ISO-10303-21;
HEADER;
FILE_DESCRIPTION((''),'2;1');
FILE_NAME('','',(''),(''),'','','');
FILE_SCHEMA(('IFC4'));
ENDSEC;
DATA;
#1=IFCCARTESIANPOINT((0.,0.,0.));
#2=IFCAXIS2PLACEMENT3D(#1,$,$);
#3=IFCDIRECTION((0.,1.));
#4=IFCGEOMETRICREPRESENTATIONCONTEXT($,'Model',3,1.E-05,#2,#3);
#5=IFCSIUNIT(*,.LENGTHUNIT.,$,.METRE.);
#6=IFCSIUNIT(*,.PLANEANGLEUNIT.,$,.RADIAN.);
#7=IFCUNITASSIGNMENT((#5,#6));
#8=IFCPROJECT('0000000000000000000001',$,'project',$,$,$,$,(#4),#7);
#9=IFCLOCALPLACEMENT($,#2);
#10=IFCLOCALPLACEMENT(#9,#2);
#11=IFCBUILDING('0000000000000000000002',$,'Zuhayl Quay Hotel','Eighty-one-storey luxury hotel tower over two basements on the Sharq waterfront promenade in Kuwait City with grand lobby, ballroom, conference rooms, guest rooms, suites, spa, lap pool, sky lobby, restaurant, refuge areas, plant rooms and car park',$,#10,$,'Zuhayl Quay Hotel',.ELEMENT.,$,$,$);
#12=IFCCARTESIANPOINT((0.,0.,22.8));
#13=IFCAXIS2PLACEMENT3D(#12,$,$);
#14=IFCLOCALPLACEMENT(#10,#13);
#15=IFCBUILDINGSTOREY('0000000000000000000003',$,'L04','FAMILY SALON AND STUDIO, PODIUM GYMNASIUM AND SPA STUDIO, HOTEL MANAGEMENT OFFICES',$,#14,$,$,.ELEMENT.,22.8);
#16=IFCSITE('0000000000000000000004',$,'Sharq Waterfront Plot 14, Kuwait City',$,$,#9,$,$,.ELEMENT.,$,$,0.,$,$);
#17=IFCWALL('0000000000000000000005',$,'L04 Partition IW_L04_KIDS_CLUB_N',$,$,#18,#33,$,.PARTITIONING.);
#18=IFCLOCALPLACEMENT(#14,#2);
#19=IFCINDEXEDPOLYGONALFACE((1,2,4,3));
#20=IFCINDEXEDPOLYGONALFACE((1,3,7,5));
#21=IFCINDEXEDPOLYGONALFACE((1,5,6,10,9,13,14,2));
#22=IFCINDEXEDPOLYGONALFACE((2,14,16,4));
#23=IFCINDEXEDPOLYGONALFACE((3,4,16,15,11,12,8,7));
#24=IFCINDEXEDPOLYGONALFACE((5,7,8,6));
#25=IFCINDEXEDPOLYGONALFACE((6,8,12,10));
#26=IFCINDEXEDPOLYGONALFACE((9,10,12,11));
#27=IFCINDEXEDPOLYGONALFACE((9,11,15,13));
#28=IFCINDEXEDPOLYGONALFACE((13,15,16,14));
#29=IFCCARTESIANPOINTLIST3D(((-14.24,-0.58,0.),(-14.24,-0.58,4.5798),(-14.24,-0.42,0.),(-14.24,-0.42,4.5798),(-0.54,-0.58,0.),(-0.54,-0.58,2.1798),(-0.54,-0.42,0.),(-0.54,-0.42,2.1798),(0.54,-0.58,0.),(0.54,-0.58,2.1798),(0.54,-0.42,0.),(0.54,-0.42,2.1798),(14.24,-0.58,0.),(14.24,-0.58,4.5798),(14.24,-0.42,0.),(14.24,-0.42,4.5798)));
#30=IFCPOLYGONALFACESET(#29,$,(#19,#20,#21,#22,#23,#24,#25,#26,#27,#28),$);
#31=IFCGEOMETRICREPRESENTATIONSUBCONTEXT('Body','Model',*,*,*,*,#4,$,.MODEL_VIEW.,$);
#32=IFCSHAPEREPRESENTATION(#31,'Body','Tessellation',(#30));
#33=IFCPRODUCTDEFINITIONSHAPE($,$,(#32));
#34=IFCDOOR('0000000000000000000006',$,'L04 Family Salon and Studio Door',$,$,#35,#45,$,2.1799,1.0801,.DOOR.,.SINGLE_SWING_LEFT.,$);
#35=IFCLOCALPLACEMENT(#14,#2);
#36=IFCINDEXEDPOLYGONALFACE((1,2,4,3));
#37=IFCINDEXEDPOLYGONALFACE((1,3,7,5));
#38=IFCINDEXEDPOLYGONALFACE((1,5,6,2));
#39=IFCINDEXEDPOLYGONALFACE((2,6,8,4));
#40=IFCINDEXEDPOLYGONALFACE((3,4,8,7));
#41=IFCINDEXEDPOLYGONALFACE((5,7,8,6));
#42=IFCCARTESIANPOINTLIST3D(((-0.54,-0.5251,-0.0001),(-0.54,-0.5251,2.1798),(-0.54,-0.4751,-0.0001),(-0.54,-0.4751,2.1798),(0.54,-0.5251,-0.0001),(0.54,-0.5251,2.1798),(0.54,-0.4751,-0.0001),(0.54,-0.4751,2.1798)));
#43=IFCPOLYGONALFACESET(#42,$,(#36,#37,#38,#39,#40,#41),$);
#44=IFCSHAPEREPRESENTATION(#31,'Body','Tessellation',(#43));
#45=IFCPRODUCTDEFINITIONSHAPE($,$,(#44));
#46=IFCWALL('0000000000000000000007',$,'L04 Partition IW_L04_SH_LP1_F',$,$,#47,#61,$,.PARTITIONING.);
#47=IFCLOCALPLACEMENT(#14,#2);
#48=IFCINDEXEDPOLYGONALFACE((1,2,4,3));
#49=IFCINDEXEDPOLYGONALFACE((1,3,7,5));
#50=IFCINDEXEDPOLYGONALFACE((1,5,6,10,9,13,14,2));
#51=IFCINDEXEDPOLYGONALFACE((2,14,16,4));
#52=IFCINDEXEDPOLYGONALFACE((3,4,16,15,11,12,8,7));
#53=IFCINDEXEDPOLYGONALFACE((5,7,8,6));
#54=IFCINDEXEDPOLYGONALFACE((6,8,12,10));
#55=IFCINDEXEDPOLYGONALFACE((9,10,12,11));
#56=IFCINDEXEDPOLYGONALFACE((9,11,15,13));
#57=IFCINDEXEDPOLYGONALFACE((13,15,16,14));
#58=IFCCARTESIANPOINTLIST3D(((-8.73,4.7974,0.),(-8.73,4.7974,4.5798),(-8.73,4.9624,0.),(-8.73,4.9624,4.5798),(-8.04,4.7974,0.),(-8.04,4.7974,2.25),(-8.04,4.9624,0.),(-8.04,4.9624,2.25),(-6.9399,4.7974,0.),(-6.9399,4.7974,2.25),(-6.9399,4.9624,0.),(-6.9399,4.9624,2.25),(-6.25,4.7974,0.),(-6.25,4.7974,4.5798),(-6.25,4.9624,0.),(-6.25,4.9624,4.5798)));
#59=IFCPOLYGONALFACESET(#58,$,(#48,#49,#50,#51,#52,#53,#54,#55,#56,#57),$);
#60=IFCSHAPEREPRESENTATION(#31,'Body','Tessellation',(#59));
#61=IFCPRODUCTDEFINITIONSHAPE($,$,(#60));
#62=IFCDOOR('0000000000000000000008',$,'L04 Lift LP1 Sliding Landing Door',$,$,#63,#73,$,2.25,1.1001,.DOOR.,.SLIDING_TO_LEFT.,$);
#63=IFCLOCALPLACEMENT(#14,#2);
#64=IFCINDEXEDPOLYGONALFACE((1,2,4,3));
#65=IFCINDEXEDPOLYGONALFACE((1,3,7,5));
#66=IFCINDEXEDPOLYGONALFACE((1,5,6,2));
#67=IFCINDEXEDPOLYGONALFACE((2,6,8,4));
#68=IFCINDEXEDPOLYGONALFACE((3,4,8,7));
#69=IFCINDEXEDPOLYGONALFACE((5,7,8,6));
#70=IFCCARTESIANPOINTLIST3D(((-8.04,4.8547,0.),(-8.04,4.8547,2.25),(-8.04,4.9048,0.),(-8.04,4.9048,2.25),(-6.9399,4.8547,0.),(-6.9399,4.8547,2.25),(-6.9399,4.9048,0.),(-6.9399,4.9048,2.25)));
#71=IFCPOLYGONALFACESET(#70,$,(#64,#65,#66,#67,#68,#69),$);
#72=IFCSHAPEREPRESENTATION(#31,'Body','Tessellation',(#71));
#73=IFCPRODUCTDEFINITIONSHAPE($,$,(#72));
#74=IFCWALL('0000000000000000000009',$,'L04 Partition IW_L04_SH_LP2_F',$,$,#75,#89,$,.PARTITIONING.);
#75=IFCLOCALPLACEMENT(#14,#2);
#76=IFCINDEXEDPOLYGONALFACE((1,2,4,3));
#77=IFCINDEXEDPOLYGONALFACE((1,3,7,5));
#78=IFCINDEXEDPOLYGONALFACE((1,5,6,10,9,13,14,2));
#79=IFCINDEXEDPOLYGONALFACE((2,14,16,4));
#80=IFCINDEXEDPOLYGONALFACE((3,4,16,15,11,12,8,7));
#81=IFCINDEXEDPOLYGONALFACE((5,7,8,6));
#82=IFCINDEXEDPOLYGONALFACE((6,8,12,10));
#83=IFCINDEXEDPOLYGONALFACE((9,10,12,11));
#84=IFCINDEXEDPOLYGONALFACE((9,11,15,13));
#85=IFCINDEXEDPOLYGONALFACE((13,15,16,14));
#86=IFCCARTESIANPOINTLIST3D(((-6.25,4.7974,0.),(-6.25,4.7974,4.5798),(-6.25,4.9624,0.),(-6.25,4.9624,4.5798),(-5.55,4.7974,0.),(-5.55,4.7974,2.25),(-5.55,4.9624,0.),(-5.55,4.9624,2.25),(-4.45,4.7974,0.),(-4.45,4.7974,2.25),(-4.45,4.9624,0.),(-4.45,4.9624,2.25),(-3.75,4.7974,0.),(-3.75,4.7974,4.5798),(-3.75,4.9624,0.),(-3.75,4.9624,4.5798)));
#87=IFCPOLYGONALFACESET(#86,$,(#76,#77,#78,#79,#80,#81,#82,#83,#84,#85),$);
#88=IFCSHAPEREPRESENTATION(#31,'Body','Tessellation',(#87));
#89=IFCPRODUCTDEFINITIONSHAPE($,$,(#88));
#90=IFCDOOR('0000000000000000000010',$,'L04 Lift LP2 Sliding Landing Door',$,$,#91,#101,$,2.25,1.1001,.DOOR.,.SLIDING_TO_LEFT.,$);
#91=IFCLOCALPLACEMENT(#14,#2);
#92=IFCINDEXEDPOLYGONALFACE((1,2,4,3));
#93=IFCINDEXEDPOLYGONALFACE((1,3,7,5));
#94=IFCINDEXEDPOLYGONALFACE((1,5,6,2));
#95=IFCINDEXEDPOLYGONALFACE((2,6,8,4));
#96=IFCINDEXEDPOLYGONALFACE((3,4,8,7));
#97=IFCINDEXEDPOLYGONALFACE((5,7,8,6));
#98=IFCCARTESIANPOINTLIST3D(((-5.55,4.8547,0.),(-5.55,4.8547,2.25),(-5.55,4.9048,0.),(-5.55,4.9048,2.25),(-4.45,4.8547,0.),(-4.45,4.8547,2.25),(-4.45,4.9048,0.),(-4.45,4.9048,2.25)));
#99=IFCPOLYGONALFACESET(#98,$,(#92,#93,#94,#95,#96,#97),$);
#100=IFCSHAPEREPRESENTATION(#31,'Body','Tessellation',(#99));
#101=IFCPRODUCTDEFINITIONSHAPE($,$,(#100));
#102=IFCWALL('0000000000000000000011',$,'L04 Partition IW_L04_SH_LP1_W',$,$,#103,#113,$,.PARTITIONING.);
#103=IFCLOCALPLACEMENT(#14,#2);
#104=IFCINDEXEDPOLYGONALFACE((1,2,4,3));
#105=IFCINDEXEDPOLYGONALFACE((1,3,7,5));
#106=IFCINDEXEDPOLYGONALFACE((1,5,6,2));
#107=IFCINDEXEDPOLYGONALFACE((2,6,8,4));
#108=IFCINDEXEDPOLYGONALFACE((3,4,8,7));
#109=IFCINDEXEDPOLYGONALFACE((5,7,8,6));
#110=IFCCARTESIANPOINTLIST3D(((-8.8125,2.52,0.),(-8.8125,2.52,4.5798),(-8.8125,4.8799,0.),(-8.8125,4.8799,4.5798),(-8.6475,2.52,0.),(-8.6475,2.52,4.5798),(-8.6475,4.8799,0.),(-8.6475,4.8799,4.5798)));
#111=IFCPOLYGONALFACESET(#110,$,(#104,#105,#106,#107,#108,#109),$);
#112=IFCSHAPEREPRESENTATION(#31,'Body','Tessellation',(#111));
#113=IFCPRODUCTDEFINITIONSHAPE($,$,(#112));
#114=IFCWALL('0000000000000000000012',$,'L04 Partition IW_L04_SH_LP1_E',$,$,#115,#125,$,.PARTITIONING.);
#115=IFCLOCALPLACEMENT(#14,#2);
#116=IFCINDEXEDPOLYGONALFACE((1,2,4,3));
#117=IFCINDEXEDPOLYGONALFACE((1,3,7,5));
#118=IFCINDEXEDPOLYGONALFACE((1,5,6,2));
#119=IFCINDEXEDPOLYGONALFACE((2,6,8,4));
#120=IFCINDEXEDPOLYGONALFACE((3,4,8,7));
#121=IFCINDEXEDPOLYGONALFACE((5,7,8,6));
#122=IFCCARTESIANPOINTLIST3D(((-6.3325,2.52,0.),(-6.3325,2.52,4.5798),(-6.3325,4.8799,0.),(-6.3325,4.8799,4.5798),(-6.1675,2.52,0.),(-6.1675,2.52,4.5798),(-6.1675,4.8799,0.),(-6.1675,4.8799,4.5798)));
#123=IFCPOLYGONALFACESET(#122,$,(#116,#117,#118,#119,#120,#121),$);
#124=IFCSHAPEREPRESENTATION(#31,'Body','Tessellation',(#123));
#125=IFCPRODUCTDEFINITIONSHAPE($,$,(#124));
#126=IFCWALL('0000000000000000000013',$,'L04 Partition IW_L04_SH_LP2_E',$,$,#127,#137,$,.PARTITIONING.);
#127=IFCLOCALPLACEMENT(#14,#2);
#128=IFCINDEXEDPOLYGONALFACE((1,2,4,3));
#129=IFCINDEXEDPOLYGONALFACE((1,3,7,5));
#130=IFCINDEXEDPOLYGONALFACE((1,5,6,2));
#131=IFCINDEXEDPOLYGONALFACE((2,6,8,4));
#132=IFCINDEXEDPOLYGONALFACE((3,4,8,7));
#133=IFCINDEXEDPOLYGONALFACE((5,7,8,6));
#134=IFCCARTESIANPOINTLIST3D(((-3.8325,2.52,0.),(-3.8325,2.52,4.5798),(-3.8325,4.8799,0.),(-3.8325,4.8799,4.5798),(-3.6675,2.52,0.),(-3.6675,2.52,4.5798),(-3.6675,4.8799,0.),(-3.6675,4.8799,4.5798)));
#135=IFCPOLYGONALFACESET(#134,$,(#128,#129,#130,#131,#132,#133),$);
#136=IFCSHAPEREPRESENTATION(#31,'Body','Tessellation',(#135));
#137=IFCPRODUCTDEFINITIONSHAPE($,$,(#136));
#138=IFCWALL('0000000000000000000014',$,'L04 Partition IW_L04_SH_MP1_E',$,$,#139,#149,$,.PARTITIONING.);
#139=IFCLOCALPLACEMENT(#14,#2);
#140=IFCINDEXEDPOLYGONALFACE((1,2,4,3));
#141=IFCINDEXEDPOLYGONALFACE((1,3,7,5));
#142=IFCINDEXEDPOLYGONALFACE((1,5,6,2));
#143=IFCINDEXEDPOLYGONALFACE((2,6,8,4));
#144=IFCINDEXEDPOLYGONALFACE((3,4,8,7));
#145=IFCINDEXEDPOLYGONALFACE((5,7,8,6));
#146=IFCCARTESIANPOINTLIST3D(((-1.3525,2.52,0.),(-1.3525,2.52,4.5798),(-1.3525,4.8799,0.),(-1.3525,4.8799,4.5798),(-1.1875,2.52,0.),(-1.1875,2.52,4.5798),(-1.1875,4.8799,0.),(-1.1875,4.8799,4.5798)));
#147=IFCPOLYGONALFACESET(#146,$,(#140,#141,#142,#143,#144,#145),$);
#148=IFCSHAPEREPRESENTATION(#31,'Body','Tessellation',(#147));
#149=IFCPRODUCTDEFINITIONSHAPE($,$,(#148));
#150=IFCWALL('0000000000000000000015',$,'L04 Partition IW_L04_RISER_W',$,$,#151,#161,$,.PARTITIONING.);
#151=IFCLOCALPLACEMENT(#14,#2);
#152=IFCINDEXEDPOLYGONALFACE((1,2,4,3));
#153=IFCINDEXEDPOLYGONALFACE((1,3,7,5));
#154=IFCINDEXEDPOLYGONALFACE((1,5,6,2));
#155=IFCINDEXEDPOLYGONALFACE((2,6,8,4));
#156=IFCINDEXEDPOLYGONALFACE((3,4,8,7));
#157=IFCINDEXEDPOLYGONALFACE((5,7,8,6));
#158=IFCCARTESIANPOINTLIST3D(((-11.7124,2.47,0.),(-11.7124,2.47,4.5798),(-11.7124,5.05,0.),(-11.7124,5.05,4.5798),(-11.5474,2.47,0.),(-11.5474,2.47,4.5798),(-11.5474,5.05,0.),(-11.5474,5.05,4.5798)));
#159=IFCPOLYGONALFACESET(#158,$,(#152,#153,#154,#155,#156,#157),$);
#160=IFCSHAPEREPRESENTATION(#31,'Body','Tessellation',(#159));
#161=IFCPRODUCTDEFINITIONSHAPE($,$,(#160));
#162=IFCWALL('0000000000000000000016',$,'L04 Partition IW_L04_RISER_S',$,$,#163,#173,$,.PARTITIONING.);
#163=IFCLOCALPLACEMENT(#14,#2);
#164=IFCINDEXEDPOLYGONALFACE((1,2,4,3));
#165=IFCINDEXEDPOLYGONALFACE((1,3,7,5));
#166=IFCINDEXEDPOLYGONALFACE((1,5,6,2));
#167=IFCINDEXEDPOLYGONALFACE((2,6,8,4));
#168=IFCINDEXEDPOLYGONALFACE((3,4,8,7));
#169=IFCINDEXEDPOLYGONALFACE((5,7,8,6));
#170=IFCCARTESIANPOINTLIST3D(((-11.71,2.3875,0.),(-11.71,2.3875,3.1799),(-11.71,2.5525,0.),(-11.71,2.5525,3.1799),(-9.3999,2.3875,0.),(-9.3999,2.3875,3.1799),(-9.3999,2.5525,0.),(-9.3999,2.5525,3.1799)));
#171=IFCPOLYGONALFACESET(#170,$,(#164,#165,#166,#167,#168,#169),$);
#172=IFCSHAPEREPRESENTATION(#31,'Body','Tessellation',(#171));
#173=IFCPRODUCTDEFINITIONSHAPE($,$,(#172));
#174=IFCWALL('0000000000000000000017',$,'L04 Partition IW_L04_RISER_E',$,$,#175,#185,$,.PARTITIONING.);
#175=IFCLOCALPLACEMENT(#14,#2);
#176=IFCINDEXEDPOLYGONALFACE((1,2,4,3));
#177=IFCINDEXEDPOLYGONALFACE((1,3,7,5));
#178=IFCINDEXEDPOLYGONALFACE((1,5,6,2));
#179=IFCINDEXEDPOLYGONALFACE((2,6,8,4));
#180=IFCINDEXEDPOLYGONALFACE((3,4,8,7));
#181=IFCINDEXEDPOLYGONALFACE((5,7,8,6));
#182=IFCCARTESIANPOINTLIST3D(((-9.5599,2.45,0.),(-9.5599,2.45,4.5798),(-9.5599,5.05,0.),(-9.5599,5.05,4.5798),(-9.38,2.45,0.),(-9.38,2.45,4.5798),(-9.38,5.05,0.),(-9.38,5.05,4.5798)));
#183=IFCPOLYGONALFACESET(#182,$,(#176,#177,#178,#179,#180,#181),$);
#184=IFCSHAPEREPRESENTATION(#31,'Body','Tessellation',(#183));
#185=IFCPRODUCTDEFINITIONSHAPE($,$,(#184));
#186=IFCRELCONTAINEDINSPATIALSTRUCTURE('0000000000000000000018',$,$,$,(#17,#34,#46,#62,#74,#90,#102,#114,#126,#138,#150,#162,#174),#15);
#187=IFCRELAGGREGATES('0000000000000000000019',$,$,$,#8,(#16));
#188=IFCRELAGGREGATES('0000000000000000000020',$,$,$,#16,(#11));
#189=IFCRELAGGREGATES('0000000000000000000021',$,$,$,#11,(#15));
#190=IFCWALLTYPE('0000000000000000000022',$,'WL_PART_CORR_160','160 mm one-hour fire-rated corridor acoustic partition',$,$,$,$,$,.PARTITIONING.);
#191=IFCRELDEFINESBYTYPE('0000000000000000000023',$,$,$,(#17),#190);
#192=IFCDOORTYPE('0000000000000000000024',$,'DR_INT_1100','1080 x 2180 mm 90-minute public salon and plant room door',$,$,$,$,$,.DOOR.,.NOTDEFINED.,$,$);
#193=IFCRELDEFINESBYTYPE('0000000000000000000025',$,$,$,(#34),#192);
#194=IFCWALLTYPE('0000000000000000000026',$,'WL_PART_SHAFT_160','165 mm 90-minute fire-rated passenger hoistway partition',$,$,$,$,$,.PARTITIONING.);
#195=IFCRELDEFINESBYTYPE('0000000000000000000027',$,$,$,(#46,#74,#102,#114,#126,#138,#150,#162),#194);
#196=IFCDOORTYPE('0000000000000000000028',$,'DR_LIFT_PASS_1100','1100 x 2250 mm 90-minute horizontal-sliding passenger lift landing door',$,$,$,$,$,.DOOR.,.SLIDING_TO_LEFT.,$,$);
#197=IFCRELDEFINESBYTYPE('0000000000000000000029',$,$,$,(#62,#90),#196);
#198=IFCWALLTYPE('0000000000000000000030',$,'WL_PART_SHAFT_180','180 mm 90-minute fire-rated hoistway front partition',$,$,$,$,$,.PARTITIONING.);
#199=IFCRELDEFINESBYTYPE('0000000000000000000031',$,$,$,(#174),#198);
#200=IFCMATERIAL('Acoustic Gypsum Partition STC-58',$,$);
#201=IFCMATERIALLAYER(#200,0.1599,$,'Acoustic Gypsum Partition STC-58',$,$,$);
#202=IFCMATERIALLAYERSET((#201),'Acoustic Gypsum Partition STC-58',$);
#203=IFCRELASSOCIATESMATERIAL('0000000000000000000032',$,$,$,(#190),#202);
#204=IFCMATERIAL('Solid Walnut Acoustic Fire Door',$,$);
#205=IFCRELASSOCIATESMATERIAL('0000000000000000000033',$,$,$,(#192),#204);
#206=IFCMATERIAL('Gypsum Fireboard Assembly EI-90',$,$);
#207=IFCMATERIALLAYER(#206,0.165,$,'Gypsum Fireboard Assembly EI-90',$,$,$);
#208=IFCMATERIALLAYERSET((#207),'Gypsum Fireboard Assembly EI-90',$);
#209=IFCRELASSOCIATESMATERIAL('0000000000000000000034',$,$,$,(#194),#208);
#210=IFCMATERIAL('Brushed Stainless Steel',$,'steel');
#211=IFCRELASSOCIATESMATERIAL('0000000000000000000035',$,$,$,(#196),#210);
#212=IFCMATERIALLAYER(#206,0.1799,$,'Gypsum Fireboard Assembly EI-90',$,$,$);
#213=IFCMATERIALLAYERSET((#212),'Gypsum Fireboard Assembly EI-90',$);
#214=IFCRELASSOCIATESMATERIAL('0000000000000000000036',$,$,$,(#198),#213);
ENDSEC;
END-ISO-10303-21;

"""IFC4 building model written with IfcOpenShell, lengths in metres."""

from ifc_helpers import new_model, si_unit, direction, frame, frame_2d, origin, place, context, subcontext, project, spatial, rectangle, extrude, material, layer, layer_set, type_object, element, fill, save


model = new_model("IFC4")

# Units and contexts
model_context = context("Model", 3, precision=1e-05, world=origin(), true_north=direction((0.0, 1.0)))
body_context = subcontext(model_context, "Body", "Model", "MODEL_VIEW")
ifc_project = project(units=[si_unit("LENGTHUNIT", "METRE"), si_unit("PLANEANGLEUNIT", "RADIAN")], contexts=[model_context])

# Site, building, storey
site_placement = place(None, origin())
site = spatial("IfcSite", under=ifc_project, at=site_placement, Name="Sharq Waterfront Plot 14, Kuwait City", CompositionType="ELEMENT", RefElevation=0.0)
building_placement = place(site_placement, origin())
building = spatial("IfcBuilding", under=site, at=building_placement, Name="Zuhayl Quay Hotel", Description="Eighty-one-storey luxury hotel tower over two basements on the Sharq waterfront promenade in Kuwait City with grand lobby, ballroom, conference rooms, guest rooms, suites, spa, lap pool, sky lobby, restaurant, refuge areas, plant rooms and car park", LongName="Zuhayl Quay Hotel", CompositionType="ELEMENT")
storey_placement = place(building_placement, frame((0.0, 0.0, 22.8)))
storey = spatial("IfcBuildingStorey", under=building, at=storey_placement, Name="L04", Description="FAMILY SALON AND STUDIO, PODIUM GYMNASIUM AND SPA STUDIO, HOTEL MANAGEMENT OFFICES", CompositionType="ELEMENT", Elevation=22.8)

# Walls, openings, doors
ifc_material_1 = material(Name="Acoustic Gypsum Partition STC-58")
ifc_layer_1 = layer(ifc_material_1, 0.1599, Name="Acoustic Gypsum Partition STC-58")
ifc_layer_set_1 = layer_set([ifc_layer_1], Name="Acoustic Gypsum Partition STC-58")
wall_type_1 = type_object("IfcWallType", Name="WL_PART_CORR_160", Description="160 mm one-hour fire-rated corridor acoustic partition", PredefinedType="PARTITIONING", material=ifc_layer_set_1)
wall_1_placement = place(storey_placement, frame((-14.24, -0.5, 0.0), z_axis=(0.0, 0.0, 1.0), x_axis=(1.0, 0.0, 0.0)))
wall_1 = element("IfcWall", 1, at=wall_1_placement, inside=storey, type_object=wall_type_1, Name="L04 Partition IW_L04_KIDS_CLUB_N", PredefinedType="PARTITIONING", context=body_context, shape_type="SweptSolid", body=[
    extrude(rectangle(XDim=28.48, YDim=0.1599, at=frame_2d((14.24, 0.0))), origin(), (0.0, 0.0, 1.0), 4.5798),
])
opening_1_placement = place(wall_1_placement, frame((13.7, 0.0, 0.0)))
opening_1 = element("IfcOpeningElement", 2, at=opening_1_placement, cuts=wall_1, PredefinedType="OPENING", context=body_context, shape_type="SweptSolid", body=[
    extrude(rectangle(XDim=1.0801, YDim=2.1799, at=frame_2d((0.54, 1.0898))), frame((0.0, 0.0898, 0.0), z_axis=(0.0, -1.0, 0.0), x_axis=(1.0, 0.0, 0.0)), (0.0, 0.0, 1.0), 0.1799),
])
ifc_material_2 = material(Name="Solid Walnut Acoustic Fire Door")
door_type_1 = type_object("IfcDoorType", Name="DR_INT_1100", Description="1080 x 2180 mm 90-minute public salon and plant room door", OperationType="NOTDEFINED", PredefinedType="DOOR", material=ifc_material_2)
door_1_placement = place(opening_1_placement, origin())
door_1 = element("IfcDoor", 3, at=door_1_placement, inside=storey, type_object=door_type_1, Name="L04 Family Salon and Studio Door", OperationType="SINGLE_SWING_LEFT", OverallHeight=2.1799, OverallWidth=1.0801, PredefinedType="DOOR", context=body_context, shape_type="SweptSolid", body=[
    extrude(rectangle(XDim=1.0801, YDim=2.1799, at=frame_2d((0.54, 1.0898))), frame((0.0, 0.0249, 0.0), z_axis=(0.0, -1.0, 0.0), x_axis=(1.0, 0.0, 0.0)), (0.0, 0.0, 1.0), 0.05),
])
fill(opening_1, door_1)
ifc_material_3 = material(Name="Gypsum Fireboard Assembly EI-90")
ifc_layer_2 = layer(ifc_material_3, 0.165, Name="Gypsum Fireboard Assembly EI-90")
ifc_layer_set_2 = layer_set([ifc_layer_2], Name="Gypsum Fireboard Assembly EI-90")
wall_type_2 = type_object("IfcWallType", Name="WL_PART_SHAFT_160", Description="165 mm 90-minute fire-rated passenger hoistway partition", PredefinedType="PARTITIONING", material=ifc_layer_set_2)
wall_2_placement = place(storey_placement, frame((-8.73, 4.8799, 0.0), z_axis=(0.0, 0.0, 1.0), x_axis=(1.0, 0.0, 0.0)))
wall_2 = element("IfcWall", 4, at=wall_2_placement, inside=storey, type_object=wall_type_2, Name="L04 Partition IW_L04_SH_LP1_F", PredefinedType="PARTITIONING", context=body_context, shape_type="SweptSolid", body=[
    extrude(rectangle(XDim=2.48, YDim=0.165, at=frame_2d((1.24, 0.0))), origin(), (0.0, 0.0, 1.0), 4.5798),
])
opening_2_placement = place(wall_2_placement, frame((0.6899, 0.0, 0.0)))
opening_2 = element("IfcOpeningElement", 5, at=opening_2_placement, cuts=wall_2, PredefinedType="OPENING", context=body_context, shape_type="SweptSolid", body=[
    extrude(rectangle(XDim=1.1001, YDim=2.25, at=frame_2d((0.55, 1.125))), frame((0.0, 0.0925, 0.0), z_axis=(0.0, -1.0, 0.0), x_axis=(1.0, 0.0, 0.0)), (0.0, 0.0, 1.0), 0.1851),
])
ifc_material_4 = material(Name="Brushed Stainless Steel", Category="steel")
door_type_2 = type_object("IfcDoorType", Name="DR_LIFT_PASS_1100", Description="1100 x 2250 mm 90-minute horizontal-sliding passenger lift landing door", OperationType="SLIDING_TO_LEFT", PredefinedType="DOOR", material=ifc_material_4)
door_2_placement = place(opening_2_placement, origin())
door_2 = element("IfcDoor", 6, at=door_2_placement, inside=storey, type_object=door_type_2, Name="L04 Lift LP1 Sliding Landing Door", OperationType="SLIDING_TO_LEFT", OverallHeight=2.25, OverallWidth=1.1001, PredefinedType="DOOR", context=body_context, shape_type="SweptSolid", body=[
    extrude(rectangle(XDim=1.1001, YDim=2.25, at=frame_2d((0.55, 1.125))), frame((0.0, 0.0249, 0.0), z_axis=(0.0, -1.0, 0.0), x_axis=(1.0, 0.0, 0.0)), (0.0, 0.0, 1.0), 0.05),
])
fill(opening_2, door_2)
wall_3_placement = place(storey_placement, frame((-6.25, 4.8799, 0.0), z_axis=(0.0, 0.0, 1.0), x_axis=(1.0, 0.0, 0.0)))
wall_3 = element("IfcWall", 7, at=wall_3_placement, inside=storey, type_object=wall_type_2, Name="L04 Partition IW_L04_SH_LP2_F", PredefinedType="PARTITIONING", context=body_context, shape_type="SweptSolid", body=[
    extrude(rectangle(XDim=2.5, YDim=0.165, at=frame_2d((1.25, 0.0))), origin(), (0.0, 0.0, 1.0), 4.5798),
])
opening_3_placement = place(wall_3_placement, frame((0.7, 0.0, 0.0)))
opening_3 = element("IfcOpeningElement", 8, at=opening_3_placement, cuts=wall_3, PredefinedType="OPENING", context=body_context, shape_type="SweptSolid", body=[
    extrude(rectangle(XDim=1.1001, YDim=2.25, at=frame_2d((0.55, 1.125))), frame((0.0, 0.0925, 0.0), z_axis=(0.0, -1.0, 0.0), x_axis=(1.0, 0.0, 0.0)), (0.0, 0.0, 1.0), 0.1851),
])
door_3_placement = place(opening_3_placement, origin())
door_3 = element("IfcDoor", 9, at=door_3_placement, inside=storey, type_object=door_type_2, Name="L04 Lift LP2 Sliding Landing Door", OperationType="SLIDING_TO_LEFT", OverallHeight=2.25, OverallWidth=1.1001, PredefinedType="DOOR", context=body_context, shape_type="SweptSolid", body=[
    extrude(rectangle(XDim=1.1001, YDim=2.25, at=frame_2d((0.55, 1.125))), frame((0.0, 0.0249, 0.0), z_axis=(0.0, -1.0, 0.0), x_axis=(1.0, 0.0, 0.0)), (0.0, 0.0, 1.0), 0.05),
])
fill(opening_3, door_3)

# Walls
for number, where, z_axis, x_axis, name in (
    (10, (-8.73, 2.52, 0.0), (0.0, 0.0, 1.0), (0.0, 1.0, 0.0), "L04 Partition IW_L04_SH_LP1_W"),
    (11, (-6.25, 2.52, 0.0), (0.0, 0.0, 1.0), (0.0, 1.0, 0.0), "L04 Partition IW_L04_SH_LP1_E"),
    (12, (-3.75, 2.52, 0.0), (0.0, 0.0, 1.0), (0.0, 1.0, 0.0), "L04 Partition IW_L04_SH_LP2_E"),
    (13, (-1.27, 2.52, 0.0), (0.0, 0.0, 1.0), (0.0, 1.0, 0.0), "L04 Partition IW_L04_SH_MP1_E"),
):
    element("IfcWall", number, at=place(storey_placement, frame(where, z_axis=z_axis, x_axis=x_axis)), inside=storey, type_object=wall_type_2, Name=name, PredefinedType="PARTITIONING", context=body_context, shape_type="SweptSolid", body=[
        extrude(rectangle(XDim=2.3599, YDim=0.165, at=frame_2d((1.1799, 0.0))), origin(), (0.0, 0.0, 1.0), 4.5798),
    ])
wall_4_placement = place(storey_placement, frame((-11.6299, 2.47, 0.0), z_axis=(0.0, 0.0, 1.0), x_axis=(0.0, 1.0, 0.0)))
element("IfcWall", 14, at=wall_4_placement, inside=storey, type_object=wall_type_2, Name="L04 Partition IW_L04_RISER_W", PredefinedType="PARTITIONING", context=body_context, shape_type="SweptSolid", body=[
    extrude(rectangle(XDim=2.5801, YDim=0.165, at=frame_2d((1.29, 0.0))), origin(), (0.0, 0.0, 1.0), 4.5798),
])
wall_5_placement = place(storey_placement, frame((-11.71, 2.47, 0.0), z_axis=(0.0, 0.0, 1.0), x_axis=(1.0, 0.0, 0.0)))
element("IfcWall", 15, at=wall_5_placement, inside=storey, type_object=wall_type_2, Name="L04 Partition IW_L04_RISER_S", PredefinedType="PARTITIONING", context=body_context, shape_type="SweptSolid", body=[
    extrude(rectangle(XDim=2.3101, YDim=0.165, at=frame_2d((1.155, 0.0))), origin(), (0.0, 0.0, 1.0), 3.1799),
])
ifc_layer_3 = layer(ifc_material_3, 0.1799, Name="Gypsum Fireboard Assembly EI-90")
ifc_layer_set_3 = layer_set([ifc_layer_3], Name="Gypsum Fireboard Assembly EI-90")
wall_type_3 = type_object("IfcWallType", Name="WL_PART_SHAFT_180", Description="180 mm 90-minute fire-rated hoistway front partition", PredefinedType="PARTITIONING", material=ifc_layer_set_3)
wall_6_placement = place(storey_placement, frame((-9.47, 2.45, 0.0), z_axis=(0.0, 0.0, 1.0), x_axis=(0.0, 1.0, 0.0)))
element("IfcWall", 16, at=wall_6_placement, inside=storey, type_object=wall_type_3, Name="L04 Partition IW_L04_RISER_E", PredefinedType="PARTITIONING", context=body_context, shape_type="SweptSolid", body=[
    extrude(rectangle(XDim=2.6001, YDim=0.1799, at=frame_2d((1.3, 0.0))), origin(), (0.0, 0.0, 1.0), 4.5798),
])

save(model, "model.ifc")
